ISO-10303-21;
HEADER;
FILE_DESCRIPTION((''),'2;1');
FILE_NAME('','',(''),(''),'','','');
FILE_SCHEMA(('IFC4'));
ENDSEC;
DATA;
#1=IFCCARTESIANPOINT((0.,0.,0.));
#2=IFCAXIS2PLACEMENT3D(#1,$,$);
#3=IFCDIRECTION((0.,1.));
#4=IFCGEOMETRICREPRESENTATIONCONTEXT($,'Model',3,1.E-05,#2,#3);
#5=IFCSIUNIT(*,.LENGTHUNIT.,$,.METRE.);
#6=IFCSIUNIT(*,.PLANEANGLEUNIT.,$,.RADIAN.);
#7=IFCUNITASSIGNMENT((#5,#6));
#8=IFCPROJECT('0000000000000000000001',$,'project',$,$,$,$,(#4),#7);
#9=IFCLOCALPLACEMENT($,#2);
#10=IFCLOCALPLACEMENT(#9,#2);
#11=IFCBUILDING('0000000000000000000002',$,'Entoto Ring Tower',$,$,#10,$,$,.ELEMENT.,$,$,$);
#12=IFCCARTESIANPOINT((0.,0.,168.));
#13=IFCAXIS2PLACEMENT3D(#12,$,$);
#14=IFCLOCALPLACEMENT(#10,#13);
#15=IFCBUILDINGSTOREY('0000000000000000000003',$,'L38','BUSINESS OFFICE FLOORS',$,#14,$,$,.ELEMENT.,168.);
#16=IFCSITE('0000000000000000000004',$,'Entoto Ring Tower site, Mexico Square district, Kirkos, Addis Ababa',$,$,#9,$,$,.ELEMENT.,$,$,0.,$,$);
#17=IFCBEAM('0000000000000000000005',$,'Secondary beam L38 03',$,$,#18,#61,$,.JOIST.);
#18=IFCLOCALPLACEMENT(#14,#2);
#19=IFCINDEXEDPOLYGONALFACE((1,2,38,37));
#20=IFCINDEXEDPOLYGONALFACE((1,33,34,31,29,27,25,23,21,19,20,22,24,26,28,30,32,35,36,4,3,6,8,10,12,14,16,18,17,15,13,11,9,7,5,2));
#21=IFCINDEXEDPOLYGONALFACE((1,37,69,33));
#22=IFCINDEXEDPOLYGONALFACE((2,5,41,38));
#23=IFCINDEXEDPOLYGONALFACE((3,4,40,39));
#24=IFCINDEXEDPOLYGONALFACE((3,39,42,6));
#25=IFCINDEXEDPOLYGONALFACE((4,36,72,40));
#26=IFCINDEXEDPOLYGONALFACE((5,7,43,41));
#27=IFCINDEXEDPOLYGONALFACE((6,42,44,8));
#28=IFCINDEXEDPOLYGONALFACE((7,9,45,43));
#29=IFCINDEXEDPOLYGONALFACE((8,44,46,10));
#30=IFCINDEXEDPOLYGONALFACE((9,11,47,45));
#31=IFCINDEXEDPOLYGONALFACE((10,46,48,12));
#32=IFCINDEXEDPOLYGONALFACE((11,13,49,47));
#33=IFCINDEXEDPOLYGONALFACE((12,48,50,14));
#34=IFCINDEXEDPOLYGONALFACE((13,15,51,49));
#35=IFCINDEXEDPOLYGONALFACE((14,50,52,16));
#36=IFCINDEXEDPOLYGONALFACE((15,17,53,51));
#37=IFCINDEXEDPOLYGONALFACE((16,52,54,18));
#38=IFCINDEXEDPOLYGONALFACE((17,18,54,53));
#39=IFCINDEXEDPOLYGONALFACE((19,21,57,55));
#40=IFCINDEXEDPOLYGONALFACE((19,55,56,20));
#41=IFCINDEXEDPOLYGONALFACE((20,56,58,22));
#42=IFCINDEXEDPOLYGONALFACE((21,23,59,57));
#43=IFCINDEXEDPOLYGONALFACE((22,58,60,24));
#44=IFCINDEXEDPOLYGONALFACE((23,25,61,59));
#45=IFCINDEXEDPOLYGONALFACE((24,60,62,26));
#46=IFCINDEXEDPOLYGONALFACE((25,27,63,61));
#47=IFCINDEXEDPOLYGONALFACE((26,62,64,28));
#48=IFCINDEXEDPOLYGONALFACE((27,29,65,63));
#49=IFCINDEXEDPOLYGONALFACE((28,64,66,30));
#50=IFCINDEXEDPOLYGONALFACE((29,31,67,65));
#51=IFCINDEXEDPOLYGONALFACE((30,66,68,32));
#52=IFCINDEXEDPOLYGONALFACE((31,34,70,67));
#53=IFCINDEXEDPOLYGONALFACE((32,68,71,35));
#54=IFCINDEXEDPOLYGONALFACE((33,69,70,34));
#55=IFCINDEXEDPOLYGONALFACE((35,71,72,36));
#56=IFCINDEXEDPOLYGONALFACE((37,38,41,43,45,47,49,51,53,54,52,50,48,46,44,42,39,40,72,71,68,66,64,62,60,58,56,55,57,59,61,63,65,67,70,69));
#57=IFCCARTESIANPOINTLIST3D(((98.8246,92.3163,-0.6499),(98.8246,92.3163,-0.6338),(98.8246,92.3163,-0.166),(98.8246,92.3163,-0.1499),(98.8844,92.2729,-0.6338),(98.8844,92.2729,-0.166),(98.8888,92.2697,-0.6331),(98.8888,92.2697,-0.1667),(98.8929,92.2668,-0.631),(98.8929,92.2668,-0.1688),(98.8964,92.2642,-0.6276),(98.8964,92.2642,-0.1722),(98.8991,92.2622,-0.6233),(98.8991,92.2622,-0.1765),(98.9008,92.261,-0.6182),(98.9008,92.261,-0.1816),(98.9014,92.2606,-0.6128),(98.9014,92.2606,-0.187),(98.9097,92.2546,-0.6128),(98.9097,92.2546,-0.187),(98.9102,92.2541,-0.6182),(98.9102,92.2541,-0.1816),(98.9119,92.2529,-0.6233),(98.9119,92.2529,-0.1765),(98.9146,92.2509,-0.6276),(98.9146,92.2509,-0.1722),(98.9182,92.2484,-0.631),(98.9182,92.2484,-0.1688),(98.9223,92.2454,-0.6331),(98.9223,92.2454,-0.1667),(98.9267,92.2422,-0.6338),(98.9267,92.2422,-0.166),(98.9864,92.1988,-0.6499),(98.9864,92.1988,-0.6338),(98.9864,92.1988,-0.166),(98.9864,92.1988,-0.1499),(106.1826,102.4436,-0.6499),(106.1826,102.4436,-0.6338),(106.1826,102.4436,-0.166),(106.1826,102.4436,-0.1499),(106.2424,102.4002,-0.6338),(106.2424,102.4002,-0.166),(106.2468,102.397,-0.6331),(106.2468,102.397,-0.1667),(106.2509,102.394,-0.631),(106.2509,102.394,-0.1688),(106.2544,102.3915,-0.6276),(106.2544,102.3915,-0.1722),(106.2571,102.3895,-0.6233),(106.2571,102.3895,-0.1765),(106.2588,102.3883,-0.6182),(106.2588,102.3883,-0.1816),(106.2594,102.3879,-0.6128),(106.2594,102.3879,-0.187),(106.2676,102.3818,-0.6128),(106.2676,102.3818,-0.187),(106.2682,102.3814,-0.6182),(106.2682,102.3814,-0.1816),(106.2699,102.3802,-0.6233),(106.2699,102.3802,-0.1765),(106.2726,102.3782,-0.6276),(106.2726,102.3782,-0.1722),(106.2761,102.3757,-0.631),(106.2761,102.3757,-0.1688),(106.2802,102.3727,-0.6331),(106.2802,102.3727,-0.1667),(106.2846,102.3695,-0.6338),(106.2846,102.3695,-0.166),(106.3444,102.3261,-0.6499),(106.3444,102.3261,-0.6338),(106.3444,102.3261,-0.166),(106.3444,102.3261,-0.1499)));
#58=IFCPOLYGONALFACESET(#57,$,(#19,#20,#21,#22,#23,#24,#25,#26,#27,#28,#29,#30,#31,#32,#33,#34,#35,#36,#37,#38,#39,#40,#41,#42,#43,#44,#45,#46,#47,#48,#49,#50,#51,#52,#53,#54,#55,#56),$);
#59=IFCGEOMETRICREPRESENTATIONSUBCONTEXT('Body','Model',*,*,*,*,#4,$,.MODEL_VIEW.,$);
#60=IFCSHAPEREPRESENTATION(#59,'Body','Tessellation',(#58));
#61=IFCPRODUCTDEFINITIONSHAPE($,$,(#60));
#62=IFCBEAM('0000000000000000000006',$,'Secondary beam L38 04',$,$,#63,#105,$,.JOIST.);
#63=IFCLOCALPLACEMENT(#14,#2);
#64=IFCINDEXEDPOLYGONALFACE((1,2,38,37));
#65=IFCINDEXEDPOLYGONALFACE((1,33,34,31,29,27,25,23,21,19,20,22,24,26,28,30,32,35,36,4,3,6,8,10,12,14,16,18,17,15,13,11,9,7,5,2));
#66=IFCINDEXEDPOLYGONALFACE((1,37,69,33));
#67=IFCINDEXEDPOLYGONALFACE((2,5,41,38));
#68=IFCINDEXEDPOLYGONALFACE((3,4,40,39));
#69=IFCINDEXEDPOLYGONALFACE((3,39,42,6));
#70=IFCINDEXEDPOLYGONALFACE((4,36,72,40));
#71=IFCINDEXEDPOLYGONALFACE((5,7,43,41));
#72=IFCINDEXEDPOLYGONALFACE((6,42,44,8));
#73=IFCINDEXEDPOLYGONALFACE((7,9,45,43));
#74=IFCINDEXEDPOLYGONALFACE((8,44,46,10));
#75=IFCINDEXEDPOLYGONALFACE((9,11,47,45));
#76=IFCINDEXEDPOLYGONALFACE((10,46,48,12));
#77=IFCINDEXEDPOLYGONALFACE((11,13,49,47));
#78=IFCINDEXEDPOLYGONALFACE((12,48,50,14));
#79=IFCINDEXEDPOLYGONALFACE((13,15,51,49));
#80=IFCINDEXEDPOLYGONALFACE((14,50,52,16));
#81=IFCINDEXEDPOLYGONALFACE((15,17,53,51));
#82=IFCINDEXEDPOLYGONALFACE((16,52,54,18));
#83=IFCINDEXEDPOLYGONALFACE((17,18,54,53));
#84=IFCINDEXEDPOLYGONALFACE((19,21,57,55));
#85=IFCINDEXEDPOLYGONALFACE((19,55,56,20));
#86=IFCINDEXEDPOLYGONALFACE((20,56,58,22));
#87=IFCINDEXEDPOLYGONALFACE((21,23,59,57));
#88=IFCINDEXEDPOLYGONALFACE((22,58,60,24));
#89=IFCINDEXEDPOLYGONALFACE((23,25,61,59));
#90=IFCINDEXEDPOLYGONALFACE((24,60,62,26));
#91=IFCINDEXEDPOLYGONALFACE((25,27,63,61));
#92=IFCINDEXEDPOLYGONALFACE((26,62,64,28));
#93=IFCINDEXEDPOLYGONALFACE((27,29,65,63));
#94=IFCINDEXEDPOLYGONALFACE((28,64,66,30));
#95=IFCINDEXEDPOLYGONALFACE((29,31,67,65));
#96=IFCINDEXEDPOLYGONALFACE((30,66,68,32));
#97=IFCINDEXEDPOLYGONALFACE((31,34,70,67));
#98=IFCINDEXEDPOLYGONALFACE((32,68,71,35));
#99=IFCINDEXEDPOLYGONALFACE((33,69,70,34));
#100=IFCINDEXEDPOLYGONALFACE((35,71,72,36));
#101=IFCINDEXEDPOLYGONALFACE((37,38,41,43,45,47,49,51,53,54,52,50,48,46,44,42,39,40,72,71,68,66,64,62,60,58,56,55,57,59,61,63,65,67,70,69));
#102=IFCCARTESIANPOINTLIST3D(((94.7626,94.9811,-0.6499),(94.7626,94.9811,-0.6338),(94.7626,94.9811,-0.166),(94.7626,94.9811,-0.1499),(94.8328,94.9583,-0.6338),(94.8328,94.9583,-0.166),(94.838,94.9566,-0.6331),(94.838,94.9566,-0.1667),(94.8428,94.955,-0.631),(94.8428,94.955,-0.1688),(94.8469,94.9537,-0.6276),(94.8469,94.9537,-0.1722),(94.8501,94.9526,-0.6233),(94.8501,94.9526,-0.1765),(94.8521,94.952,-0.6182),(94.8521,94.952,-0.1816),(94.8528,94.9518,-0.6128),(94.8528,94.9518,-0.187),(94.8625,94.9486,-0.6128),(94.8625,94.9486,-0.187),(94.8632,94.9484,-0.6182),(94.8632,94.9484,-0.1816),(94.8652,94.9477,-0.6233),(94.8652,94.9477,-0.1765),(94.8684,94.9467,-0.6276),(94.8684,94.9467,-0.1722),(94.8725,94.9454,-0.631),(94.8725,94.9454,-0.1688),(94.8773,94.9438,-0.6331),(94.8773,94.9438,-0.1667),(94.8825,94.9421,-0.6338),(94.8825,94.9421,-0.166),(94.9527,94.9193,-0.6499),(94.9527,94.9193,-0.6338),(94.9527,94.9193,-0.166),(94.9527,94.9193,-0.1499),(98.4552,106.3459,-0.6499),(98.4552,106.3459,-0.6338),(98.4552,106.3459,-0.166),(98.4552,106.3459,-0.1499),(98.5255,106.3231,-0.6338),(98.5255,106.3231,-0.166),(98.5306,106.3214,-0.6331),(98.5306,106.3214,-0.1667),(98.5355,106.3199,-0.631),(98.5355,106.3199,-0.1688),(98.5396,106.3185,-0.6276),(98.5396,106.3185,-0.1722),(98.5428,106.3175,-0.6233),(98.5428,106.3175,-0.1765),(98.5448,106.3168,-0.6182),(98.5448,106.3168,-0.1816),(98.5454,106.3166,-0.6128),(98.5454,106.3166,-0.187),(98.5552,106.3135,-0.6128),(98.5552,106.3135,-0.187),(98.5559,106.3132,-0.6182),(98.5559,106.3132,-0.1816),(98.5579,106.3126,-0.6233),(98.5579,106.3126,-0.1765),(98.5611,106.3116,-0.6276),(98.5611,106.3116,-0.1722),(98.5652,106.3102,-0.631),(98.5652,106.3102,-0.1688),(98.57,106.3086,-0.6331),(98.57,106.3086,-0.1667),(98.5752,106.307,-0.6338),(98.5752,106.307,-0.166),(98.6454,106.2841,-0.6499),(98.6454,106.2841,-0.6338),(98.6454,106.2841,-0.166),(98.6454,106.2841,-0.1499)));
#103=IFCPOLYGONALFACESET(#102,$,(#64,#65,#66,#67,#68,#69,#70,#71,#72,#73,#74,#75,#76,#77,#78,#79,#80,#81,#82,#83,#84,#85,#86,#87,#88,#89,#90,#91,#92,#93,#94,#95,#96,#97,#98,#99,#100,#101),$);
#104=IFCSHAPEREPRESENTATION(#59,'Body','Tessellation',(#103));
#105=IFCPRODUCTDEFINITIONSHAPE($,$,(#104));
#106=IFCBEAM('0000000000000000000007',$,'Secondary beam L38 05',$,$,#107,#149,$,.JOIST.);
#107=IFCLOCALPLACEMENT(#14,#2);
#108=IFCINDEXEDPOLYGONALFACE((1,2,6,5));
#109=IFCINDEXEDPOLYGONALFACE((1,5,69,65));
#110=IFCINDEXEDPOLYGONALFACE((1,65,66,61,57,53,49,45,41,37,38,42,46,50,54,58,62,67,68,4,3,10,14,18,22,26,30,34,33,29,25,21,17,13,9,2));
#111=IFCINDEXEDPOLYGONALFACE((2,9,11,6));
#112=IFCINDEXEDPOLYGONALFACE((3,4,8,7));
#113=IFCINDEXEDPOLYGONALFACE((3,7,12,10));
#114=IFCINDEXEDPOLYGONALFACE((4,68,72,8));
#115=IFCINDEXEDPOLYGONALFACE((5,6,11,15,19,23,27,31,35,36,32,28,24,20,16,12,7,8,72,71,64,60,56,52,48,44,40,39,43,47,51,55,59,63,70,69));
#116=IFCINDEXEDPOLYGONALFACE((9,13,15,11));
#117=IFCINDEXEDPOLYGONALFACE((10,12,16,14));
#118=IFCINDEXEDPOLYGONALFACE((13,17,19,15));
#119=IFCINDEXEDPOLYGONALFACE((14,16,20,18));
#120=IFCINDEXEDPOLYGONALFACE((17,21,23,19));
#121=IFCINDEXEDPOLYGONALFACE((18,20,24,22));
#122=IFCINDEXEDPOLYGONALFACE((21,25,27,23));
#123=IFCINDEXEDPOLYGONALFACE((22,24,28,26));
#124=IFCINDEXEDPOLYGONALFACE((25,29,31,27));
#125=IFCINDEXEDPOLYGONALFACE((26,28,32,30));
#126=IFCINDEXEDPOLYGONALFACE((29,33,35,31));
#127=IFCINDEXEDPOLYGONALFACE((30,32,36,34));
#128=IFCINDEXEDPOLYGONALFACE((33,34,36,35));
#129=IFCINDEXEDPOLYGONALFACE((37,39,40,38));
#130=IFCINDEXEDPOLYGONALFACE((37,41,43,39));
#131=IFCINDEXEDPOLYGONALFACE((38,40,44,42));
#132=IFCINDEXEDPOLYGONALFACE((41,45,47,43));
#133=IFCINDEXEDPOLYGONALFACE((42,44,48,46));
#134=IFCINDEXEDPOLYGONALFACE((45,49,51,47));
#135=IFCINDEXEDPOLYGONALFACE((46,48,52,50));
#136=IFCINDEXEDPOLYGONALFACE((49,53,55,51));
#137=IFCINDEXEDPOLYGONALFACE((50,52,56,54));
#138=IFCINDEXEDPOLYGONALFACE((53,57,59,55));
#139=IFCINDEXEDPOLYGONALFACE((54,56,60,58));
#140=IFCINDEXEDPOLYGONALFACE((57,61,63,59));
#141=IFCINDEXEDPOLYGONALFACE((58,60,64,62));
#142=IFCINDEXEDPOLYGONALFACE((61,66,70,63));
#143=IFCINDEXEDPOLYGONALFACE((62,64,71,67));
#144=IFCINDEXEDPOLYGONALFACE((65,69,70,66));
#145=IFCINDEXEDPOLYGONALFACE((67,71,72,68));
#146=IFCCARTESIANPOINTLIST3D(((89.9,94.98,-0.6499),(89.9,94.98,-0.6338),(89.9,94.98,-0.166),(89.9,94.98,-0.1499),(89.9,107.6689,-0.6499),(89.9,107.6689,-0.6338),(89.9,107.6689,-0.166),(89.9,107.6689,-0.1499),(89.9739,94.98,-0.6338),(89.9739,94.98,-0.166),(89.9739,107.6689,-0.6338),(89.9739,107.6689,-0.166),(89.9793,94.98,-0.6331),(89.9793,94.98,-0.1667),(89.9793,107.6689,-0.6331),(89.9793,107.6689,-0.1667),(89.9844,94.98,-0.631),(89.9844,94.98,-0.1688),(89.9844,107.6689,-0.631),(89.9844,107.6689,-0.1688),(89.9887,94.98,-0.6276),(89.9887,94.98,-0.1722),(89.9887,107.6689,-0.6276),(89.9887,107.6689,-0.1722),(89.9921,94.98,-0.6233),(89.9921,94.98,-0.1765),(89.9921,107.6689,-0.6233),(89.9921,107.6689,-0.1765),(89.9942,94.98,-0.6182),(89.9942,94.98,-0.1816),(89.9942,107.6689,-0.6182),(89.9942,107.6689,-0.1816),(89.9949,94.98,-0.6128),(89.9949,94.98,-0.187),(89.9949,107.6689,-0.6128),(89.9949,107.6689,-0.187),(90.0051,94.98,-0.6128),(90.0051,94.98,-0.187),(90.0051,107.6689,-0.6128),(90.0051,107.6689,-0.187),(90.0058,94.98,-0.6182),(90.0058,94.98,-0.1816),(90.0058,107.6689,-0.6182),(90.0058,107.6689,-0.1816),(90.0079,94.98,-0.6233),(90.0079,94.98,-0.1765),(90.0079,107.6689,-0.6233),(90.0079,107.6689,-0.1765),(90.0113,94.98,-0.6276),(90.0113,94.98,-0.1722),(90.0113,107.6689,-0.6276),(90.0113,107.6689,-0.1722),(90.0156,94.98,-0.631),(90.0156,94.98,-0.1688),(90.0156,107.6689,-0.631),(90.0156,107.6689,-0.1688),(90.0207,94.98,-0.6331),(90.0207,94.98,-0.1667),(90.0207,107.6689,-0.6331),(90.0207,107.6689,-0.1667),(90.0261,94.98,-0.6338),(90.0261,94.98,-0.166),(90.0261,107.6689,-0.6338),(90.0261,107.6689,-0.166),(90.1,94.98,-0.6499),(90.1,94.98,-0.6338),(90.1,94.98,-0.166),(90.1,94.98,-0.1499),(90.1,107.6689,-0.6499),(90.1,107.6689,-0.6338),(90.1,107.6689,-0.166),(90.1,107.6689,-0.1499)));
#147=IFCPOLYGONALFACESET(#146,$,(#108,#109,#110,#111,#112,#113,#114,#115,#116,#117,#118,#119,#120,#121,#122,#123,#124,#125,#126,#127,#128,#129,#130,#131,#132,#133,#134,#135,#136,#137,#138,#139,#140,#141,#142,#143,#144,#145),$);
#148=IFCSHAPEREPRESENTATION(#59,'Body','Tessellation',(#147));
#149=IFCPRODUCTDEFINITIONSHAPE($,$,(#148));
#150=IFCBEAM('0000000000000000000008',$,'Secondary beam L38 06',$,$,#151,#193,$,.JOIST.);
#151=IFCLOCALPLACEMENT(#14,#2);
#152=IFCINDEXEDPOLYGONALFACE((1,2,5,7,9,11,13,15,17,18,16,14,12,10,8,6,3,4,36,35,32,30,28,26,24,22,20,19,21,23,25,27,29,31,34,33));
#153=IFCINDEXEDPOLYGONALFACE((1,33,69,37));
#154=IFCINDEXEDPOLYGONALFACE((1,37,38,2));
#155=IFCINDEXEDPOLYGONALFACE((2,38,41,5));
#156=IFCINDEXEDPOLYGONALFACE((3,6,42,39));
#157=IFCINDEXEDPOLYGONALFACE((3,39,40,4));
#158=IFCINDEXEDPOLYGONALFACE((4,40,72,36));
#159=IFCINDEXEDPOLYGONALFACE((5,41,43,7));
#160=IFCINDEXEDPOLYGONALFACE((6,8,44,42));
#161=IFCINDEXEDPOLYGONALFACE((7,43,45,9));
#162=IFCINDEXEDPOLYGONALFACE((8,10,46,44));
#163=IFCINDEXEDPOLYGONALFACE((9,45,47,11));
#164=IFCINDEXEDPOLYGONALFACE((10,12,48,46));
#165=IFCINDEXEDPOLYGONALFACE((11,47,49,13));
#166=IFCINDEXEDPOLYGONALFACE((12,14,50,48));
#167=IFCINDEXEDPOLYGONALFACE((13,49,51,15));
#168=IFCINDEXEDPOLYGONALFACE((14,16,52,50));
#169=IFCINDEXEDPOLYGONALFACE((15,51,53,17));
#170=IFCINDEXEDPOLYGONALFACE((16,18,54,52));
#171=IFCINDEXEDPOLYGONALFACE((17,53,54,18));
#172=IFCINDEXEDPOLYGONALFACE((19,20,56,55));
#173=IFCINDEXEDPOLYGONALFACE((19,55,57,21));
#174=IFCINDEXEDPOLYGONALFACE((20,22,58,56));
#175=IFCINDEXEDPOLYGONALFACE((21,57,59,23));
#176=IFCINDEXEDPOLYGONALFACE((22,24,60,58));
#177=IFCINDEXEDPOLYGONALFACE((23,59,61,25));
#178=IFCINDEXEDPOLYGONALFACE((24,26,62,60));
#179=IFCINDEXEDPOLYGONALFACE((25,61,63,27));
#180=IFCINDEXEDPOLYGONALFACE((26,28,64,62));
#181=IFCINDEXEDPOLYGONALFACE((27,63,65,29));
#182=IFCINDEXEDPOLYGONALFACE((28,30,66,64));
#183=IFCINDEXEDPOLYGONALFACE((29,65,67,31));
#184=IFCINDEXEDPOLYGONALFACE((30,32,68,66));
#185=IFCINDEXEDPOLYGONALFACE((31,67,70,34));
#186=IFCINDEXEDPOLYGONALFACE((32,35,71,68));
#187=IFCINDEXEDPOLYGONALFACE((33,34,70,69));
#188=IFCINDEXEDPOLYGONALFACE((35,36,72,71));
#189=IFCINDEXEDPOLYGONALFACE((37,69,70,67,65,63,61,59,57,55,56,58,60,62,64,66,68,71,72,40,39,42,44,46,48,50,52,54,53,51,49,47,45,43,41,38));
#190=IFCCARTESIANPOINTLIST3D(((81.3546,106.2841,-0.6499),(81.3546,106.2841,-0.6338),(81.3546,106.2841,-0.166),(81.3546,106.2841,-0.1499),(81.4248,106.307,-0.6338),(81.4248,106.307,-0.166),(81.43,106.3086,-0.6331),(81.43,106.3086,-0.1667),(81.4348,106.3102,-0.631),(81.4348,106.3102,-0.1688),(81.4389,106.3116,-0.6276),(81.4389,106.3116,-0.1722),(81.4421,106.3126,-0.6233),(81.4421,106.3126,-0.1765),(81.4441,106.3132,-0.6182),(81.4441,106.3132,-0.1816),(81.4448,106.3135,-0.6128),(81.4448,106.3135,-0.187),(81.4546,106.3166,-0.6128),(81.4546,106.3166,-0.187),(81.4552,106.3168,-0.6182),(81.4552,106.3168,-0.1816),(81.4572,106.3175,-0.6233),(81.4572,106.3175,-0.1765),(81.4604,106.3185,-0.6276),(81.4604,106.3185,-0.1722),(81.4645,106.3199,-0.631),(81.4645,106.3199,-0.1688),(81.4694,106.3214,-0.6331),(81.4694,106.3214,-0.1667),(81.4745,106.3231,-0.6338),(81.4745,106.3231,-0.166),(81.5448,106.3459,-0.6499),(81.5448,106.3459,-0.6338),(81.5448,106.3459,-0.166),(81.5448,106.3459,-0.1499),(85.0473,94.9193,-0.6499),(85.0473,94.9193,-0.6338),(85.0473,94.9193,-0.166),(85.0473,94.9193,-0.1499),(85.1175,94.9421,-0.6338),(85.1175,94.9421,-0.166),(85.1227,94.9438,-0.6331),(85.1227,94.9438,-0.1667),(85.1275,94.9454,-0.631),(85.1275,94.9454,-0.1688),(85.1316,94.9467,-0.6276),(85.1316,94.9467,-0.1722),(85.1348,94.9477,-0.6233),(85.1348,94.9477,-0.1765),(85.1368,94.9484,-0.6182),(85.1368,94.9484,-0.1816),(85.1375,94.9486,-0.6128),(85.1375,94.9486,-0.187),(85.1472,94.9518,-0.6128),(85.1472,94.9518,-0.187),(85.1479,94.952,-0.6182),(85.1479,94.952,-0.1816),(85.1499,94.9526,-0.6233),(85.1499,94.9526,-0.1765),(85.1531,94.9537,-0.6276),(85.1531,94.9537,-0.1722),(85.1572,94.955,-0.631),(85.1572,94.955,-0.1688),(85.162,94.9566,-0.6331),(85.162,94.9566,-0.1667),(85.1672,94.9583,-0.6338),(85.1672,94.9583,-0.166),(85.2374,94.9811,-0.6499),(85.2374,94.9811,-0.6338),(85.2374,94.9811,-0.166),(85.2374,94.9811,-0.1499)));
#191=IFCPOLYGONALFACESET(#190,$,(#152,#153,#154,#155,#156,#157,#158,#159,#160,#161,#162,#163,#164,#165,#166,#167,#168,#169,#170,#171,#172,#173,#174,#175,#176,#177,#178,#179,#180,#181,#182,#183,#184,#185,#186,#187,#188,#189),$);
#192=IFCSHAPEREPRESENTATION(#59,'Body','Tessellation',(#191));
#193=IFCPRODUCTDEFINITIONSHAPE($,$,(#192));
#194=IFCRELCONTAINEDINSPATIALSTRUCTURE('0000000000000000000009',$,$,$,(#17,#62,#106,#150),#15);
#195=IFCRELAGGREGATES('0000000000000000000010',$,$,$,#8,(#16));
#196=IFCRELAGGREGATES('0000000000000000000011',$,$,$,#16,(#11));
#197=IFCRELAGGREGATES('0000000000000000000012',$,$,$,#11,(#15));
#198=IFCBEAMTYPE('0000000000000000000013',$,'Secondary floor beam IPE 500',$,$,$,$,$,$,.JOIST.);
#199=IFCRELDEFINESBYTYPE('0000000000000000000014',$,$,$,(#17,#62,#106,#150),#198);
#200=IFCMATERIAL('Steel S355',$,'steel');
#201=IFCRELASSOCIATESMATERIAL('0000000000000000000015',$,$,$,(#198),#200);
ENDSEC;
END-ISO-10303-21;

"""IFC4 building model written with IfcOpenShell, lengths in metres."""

from ifc_helpers import new_model, si_unit, direction, frame, origin, origin_2d, place, context, subcontext, project, spatial, i_section, extrude, material, material_profile, profile_set, type_object, element, save


model = new_model("IFC4")

# Units and contexts
model_context = context("Model", 3, precision=1e-05, world=origin(), true_north=direction((0.0, 1.0)))
body_context = subcontext(model_context, "Body", "Model", "MODEL_VIEW")
ifc_project = project(units=[si_unit("LENGTHUNIT", "METRE"), si_unit("PLANEANGLEUNIT", "RADIAN")], contexts=[model_context])

# Site, building, storey
site_placement = place(None, origin())
site = spatial("IfcSite", under=ifc_project, at=site_placement, Name="Entoto Ring Tower site, Mexico Square district, Kirkos, Addis Ababa", CompositionType="ELEMENT", RefElevation=0.0)
building_placement = place(site_placement, origin())
building = spatial("IfcBuilding", under=site, at=building_placement, Name="Entoto Ring Tower", CompositionType="ELEMENT")
storey_placement = place(building_placement, frame((0.0, 0.0, 168.0)))
storey = spatial("IfcBuildingStorey", under=building, at=storey_placement, Name="L38", Description="BUSINESS OFFICE FLOORS", CompositionType="ELEMENT", Elevation=168.0)

# Beams
ifc_material_1 = material(Name="Steel S355", Category="steel")
ifc_material_profile_1 = material_profile(ifc_material_1, i_section(OverallWidth=0.2, OverallDepth=0.5, WebThickness=0.0103, FlangeThickness=0.0161, FilletRadius=0.021, at=origin_2d()), Name="IPE 500")
ifc_profile_set_1 = profile_set([ifc_material_profile_1], Name="Steel S355")
beam_type_1 = type_object("IfcBeamType", Name="Secondary floor beam IPE 500", PredefinedType="JOIST", material=ifc_profile_set_1)
beam_1_placement = place(storey_placement, frame((98.9055, 92.2576, -0.3999), z_axis=(0.587789, 0.809014, 0.0), x_axis=(-0.809014, 0.587789, 0.0)))
element("IfcBeam", 1, at=beam_1_placement, inside=storey, type_object=beam_type_1, Name="Secondary beam L38 03", PredefinedType="JOIST", context=body_context, shape_type="SweptSolid", body=[
    extrude(i_section(OverallWidth=0.2, OverallDepth=0.5, WebThickness=0.0103, FlangeThickness=0.0161, FilletRadius=0.021, at=origin_2d()), origin(), (0.0, 0.0, 1.0), 12.5181),
])
beam_2_placement = place(storey_placement, frame((94.8577, 94.9502, -0.3999), z_axis=(0.309017, 0.951057, 0.0), x_axis=(-0.951057, 0.309017, 0.0)))
element("IfcBeam", 2, at=beam_2_placement, inside=storey, type_object=beam_type_1, Name="Secondary beam L38 04", PredefinedType="JOIST", context=body_context, shape_type="SweptSolid", body=[
    extrude(i_section(OverallWidth=0.2, OverallDepth=0.5, WebThickness=0.0103, FlangeThickness=0.0161, FilletRadius=0.021, at=origin_2d()), origin(), (0.0, 0.0, 1.0), 11.9497),
])
beam_3_placement = place(storey_placement, frame((90.0, 94.98, -0.3999), z_axis=(0.0, 1.0, 0.0), x_axis=(-1.0, 0.0, 0.0)))
element("IfcBeam", 3, at=beam_3_placement, inside=storey, type_object=beam_type_1, Name="Secondary beam L38 05", PredefinedType="JOIST", context=body_context, shape_type="SweptSolid", body=[
    extrude(i_section(OverallWidth=0.2, OverallDepth=0.5, WebThickness=0.0103, FlangeThickness=0.0161, FilletRadius=0.021, at=origin_2d()), origin(), (0.0, 0.0, 1.0), 12.689),
])
beam_4_placement = place(storey_placement, frame((85.1423, 94.9502, -0.3999), z_axis=(-0.309017, 0.951057, 0.0), x_axis=(-0.951057, -0.309017, 0.0)))
element("IfcBeam", 4, at=beam_4_placement, inside=storey, type_object=beam_type_1, Name="Secondary beam L38 06", PredefinedType="JOIST", context=body_context, shape_type="SweptSolid", body=[
    extrude(i_section(OverallWidth=0.2, OverallDepth=0.5, WebThickness=0.0103, FlangeThickness=0.0161, FilletRadius=0.021, at=origin_2d()), origin(), (0.0, 0.0, 1.0), 11.9497),
])

save(model, "model.ifc")
